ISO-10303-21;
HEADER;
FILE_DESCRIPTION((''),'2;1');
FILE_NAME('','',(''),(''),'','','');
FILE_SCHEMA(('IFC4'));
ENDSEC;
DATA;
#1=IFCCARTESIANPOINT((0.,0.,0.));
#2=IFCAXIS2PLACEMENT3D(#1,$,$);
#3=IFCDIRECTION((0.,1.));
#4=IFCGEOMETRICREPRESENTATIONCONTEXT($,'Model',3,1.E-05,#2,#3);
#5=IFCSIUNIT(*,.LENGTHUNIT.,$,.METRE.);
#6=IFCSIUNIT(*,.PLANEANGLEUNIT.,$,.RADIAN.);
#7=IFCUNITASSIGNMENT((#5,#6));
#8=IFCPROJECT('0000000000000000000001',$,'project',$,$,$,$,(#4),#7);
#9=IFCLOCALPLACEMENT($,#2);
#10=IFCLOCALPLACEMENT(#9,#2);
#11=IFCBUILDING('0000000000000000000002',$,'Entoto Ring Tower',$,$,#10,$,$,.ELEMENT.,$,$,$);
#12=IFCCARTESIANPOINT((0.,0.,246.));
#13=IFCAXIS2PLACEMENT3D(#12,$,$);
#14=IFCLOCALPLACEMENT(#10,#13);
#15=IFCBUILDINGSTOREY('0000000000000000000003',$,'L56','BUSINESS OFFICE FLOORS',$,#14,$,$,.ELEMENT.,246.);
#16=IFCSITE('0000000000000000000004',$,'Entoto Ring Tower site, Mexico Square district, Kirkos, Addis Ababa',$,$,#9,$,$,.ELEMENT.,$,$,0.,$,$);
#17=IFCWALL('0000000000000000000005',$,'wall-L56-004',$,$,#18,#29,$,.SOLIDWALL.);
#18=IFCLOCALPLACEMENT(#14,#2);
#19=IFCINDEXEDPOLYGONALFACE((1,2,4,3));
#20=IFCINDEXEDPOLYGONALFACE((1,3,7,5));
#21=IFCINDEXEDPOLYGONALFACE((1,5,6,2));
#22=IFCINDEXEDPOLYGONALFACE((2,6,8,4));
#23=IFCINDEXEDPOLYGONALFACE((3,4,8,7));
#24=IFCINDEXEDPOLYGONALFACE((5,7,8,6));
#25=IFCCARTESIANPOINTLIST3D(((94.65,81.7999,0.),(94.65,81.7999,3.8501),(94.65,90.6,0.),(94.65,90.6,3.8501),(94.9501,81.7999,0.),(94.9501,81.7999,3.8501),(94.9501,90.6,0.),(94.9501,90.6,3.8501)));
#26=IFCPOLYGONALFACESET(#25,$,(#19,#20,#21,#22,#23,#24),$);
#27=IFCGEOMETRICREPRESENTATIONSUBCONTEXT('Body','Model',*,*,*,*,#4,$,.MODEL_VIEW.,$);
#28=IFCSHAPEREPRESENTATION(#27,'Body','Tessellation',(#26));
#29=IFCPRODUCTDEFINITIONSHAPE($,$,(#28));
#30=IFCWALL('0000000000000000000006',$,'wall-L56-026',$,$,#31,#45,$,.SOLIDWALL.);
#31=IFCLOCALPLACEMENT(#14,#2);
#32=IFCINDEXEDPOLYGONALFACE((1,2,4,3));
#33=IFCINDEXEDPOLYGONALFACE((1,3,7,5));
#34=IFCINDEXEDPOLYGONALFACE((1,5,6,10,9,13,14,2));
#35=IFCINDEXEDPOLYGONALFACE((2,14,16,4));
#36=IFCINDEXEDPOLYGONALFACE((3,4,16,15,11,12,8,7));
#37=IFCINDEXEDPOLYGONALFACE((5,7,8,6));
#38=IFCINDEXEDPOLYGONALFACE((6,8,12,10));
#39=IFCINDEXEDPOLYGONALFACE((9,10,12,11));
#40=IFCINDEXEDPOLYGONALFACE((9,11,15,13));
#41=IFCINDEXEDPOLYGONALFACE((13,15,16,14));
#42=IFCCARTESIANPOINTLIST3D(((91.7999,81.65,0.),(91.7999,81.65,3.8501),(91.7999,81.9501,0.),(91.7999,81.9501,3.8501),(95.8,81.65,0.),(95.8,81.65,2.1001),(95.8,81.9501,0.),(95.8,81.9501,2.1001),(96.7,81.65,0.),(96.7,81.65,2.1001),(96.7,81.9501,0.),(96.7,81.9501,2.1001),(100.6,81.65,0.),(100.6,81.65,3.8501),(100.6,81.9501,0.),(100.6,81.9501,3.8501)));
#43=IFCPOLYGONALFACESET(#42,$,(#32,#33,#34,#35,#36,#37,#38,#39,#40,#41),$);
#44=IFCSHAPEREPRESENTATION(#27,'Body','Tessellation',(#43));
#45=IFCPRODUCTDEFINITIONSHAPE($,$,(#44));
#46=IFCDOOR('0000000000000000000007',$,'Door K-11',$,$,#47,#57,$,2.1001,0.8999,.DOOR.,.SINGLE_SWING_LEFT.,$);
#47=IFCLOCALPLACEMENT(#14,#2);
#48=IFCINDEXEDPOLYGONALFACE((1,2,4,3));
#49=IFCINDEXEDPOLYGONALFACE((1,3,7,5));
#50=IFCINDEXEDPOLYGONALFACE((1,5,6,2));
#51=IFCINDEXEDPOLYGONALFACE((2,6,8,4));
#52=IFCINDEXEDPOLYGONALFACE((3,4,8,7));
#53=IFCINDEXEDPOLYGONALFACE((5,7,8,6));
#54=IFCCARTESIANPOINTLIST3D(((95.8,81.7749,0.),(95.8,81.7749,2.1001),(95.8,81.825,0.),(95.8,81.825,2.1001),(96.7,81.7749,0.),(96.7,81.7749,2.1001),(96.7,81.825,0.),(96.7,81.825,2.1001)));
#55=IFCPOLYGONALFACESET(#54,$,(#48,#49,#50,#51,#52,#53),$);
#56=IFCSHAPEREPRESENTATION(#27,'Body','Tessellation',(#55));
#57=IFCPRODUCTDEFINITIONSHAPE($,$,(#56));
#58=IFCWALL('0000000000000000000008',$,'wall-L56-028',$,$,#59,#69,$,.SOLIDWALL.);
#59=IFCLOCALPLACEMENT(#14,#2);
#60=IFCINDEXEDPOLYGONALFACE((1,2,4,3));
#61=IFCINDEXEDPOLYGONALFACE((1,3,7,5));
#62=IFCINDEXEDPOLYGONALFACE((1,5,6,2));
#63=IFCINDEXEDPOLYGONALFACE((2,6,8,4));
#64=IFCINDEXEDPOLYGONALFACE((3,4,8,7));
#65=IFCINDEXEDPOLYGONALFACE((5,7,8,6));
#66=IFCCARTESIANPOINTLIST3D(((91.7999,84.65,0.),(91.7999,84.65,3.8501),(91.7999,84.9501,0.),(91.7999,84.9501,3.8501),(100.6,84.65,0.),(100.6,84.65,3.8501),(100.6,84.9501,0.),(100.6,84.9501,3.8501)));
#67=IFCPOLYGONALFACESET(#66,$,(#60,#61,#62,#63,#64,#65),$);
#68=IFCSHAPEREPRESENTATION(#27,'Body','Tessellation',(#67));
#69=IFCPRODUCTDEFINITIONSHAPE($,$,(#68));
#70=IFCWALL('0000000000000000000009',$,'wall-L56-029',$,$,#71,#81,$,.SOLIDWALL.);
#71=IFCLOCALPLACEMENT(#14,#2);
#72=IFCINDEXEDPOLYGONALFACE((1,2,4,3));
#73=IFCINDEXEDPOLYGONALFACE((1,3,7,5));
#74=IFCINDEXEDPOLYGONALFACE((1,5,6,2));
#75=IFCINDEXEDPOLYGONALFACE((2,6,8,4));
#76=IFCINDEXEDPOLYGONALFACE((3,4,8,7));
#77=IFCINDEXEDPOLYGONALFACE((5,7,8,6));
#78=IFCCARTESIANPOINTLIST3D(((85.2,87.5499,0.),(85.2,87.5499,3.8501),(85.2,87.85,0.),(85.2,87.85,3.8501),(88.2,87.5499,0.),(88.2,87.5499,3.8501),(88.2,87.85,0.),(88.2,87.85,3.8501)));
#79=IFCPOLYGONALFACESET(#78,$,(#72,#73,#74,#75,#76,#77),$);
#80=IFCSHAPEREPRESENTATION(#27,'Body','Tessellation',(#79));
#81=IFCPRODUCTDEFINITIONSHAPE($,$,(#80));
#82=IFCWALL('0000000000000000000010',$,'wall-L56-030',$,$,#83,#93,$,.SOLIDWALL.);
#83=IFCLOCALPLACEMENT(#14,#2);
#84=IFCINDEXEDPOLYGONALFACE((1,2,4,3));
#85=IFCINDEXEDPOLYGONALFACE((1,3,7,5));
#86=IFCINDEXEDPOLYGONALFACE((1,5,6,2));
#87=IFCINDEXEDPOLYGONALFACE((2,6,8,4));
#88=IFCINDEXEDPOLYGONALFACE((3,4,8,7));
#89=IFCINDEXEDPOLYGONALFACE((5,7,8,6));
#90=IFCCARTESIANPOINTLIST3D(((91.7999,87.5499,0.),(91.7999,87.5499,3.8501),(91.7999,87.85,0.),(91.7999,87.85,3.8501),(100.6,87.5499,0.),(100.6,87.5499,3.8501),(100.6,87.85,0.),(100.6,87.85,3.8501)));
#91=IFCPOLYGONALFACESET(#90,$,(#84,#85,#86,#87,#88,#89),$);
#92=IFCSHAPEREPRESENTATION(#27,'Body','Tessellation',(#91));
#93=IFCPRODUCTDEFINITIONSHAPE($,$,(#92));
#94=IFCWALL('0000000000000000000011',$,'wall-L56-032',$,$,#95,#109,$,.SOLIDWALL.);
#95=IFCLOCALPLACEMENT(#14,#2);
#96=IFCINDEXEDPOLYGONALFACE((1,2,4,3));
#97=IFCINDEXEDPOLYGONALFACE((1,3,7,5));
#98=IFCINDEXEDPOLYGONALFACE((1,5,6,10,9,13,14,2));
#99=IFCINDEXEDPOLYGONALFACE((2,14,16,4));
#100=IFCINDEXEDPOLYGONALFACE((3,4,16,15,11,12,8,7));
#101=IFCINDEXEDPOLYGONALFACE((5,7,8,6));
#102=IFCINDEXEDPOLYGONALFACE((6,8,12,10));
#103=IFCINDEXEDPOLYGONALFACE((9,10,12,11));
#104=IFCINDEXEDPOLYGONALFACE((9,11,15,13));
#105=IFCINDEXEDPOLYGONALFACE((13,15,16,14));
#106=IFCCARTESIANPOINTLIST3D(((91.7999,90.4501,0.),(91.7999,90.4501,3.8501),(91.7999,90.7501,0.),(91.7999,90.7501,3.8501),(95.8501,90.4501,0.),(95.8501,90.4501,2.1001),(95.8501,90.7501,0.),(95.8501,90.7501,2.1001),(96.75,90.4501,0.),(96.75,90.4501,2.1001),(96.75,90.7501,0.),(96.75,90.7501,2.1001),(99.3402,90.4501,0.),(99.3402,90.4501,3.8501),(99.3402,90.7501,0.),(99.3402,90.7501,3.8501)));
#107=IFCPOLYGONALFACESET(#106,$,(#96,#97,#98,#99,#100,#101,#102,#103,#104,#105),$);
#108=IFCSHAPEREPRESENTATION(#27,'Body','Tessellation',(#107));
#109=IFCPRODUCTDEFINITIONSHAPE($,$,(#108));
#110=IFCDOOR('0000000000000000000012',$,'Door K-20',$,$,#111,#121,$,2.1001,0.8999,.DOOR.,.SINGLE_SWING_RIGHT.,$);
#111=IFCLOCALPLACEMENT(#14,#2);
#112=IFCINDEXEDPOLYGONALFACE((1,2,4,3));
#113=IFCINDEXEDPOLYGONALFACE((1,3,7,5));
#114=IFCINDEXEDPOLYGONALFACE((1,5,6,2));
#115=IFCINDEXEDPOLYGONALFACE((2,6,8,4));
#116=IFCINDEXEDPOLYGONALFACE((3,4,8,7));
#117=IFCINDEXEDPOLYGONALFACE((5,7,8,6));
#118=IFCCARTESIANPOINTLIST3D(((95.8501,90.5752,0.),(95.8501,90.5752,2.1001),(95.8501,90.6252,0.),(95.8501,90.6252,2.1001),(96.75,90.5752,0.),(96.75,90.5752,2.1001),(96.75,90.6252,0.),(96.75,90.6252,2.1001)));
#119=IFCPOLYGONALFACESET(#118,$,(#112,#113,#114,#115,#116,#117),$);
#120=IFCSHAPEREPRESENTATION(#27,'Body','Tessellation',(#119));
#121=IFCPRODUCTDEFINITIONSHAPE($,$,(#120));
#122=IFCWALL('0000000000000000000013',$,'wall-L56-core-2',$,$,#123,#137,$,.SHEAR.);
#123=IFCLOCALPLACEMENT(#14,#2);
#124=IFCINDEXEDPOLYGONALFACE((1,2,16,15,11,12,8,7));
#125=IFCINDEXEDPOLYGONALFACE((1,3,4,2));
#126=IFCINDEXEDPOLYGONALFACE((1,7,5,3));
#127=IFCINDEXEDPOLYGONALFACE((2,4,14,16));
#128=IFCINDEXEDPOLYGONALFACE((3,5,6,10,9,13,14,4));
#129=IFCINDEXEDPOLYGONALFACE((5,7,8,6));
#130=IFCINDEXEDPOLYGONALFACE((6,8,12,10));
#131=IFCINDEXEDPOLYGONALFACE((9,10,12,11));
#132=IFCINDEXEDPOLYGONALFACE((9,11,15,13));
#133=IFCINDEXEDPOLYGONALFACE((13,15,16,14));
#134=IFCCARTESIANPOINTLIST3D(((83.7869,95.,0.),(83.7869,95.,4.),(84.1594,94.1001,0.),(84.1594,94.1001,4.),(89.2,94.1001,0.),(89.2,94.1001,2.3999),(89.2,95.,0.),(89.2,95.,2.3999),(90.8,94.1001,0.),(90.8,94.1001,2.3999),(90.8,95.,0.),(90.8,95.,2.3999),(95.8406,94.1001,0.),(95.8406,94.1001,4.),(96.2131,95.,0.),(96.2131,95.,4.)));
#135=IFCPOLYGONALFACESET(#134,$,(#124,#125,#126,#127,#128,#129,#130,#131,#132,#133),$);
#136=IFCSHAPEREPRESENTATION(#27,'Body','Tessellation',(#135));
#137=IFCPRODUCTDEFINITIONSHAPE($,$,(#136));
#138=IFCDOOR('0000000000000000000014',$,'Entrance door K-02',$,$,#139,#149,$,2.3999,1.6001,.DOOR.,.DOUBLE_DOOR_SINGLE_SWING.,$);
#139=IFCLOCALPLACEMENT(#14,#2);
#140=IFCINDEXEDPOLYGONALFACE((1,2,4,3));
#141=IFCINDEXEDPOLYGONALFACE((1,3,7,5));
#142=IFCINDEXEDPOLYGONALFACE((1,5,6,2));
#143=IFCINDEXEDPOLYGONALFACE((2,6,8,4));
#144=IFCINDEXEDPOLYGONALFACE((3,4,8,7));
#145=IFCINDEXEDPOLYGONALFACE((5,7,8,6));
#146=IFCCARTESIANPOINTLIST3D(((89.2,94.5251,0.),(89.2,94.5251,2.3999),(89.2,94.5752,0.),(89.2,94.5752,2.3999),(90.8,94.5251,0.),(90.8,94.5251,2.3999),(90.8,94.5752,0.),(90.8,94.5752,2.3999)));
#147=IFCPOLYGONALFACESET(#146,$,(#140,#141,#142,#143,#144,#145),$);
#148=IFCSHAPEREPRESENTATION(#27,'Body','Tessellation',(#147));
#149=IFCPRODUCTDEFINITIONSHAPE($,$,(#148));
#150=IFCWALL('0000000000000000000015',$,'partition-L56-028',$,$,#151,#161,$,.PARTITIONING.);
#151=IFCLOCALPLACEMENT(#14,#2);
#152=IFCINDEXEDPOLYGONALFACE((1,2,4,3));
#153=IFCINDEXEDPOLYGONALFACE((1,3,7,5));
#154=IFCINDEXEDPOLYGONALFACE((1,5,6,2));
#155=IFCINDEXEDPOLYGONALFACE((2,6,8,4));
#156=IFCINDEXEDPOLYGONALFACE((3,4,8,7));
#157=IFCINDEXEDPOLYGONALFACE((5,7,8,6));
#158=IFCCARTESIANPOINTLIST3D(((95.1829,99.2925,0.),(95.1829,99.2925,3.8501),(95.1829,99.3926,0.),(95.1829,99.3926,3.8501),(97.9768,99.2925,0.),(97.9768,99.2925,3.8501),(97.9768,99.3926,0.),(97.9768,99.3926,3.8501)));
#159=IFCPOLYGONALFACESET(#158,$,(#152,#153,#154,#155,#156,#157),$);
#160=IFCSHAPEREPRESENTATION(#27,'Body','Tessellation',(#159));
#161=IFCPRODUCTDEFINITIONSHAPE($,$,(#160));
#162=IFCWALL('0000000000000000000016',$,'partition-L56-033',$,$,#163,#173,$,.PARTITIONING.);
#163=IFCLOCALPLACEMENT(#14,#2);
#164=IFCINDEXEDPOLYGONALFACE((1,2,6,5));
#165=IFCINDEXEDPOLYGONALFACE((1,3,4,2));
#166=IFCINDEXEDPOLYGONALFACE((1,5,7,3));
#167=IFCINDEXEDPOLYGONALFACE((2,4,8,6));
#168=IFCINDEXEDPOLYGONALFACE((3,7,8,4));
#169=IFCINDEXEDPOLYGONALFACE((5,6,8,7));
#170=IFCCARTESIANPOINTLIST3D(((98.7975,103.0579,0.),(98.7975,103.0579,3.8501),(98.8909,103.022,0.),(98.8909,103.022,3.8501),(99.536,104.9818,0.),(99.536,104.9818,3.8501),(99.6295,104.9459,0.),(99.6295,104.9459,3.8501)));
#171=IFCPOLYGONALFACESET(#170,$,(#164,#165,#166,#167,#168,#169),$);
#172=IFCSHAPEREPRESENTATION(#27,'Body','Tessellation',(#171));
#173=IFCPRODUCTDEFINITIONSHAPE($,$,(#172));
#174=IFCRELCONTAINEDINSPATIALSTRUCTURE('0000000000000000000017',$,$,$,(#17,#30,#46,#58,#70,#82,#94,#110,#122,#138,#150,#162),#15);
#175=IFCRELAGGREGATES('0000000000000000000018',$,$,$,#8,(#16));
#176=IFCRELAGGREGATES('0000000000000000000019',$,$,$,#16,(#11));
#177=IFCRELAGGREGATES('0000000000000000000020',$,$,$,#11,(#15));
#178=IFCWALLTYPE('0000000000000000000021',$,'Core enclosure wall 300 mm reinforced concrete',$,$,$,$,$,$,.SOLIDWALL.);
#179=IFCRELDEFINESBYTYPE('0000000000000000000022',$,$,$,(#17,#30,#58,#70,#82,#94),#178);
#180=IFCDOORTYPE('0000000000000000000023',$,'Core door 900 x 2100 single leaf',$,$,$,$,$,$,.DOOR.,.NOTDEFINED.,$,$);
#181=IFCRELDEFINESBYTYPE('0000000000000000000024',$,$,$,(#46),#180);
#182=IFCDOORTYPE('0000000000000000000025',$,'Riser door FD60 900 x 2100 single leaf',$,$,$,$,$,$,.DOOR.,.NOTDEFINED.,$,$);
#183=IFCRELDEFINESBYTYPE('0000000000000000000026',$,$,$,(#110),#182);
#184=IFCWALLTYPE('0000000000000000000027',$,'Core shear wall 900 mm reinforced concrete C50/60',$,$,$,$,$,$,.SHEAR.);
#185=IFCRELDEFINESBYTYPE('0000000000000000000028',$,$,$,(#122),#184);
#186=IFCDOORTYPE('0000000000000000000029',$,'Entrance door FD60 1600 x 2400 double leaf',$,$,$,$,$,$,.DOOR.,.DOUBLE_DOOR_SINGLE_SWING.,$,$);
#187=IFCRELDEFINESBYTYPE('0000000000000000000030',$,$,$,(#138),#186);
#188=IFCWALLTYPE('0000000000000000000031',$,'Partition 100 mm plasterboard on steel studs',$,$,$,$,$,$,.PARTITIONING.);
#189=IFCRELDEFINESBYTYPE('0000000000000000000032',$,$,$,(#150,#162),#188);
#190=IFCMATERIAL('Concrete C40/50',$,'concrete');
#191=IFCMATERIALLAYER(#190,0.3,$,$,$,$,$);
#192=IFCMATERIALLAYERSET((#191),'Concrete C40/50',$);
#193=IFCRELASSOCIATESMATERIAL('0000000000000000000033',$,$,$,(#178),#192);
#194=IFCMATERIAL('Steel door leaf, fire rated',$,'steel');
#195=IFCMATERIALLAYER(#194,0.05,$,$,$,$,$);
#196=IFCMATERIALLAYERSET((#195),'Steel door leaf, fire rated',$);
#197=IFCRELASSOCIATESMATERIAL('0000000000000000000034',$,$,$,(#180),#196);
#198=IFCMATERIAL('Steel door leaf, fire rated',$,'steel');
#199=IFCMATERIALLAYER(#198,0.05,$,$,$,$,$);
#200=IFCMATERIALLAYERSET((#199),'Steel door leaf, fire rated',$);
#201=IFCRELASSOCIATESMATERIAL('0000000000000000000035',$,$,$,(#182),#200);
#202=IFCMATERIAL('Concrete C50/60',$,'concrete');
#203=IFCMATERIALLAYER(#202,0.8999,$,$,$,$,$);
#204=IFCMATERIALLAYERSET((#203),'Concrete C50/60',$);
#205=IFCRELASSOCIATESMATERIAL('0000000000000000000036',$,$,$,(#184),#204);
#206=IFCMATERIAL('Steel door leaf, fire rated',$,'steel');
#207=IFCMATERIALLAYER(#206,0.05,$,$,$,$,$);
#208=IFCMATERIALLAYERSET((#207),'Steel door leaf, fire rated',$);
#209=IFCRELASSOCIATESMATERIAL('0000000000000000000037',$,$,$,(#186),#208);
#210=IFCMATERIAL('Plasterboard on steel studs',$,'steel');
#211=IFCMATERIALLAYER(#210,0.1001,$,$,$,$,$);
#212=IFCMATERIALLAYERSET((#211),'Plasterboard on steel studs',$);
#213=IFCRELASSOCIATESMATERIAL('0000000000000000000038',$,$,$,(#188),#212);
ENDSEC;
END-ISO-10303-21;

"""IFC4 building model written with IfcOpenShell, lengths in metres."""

from ifc_helpers import new_model, si_unit, direction, frame, frame_2d, origin, place, context, subcontext, project, spatial, polyline, rectangle, outline, extrude, material, layer, layer_set, type_object, element, fill, save


model = new_model("IFC4")

# Units and contexts
model_context = context("Model", 3, precision=1e-05, world=origin(), true_north=direction((0.0, 1.0)))
body_context = subcontext(model_context, "Body", "Model", "MODEL_VIEW")
ifc_project = project(units=[si_unit("LENGTHUNIT", "METRE"), si_unit("PLANEANGLEUNIT", "RADIAN")], contexts=[model_context])

# Site, building, storey
site_placement = place(None, origin())
site = spatial("IfcSite", under=ifc_project, at=site_placement, Name="Entoto Ring Tower site, Mexico Square district, Kirkos, Addis Ababa", CompositionType="ELEMENT", RefElevation=0.0)
building_placement = place(site_placement, origin())
building = spatial("IfcBuilding", under=site, at=building_placement, Name="Entoto Ring Tower", CompositionType="ELEMENT")
storey_placement = place(building_placement, frame((0.0, 0.0, 246.0)))
storey = spatial("IfcBuildingStorey", under=building, at=storey_placement, Name="L56", Description="BUSINESS OFFICE FLOORS", CompositionType="ELEMENT", Elevation=246.0)

# Wall
ifc_material_1 = material(Name="Concrete C40/50", Category="concrete")
ifc_layer_1 = layer(ifc_material_1, 0.3)
ifc_layer_set_1 = layer_set([ifc_layer_1], Name="Concrete C40/50")
wall_type_1 = type_object("IfcWallType", Name="Core enclosure wall 300 mm reinforced concrete", PredefinedType="SOLIDWALL", material=ifc_layer_set_1)
wall_1_placement = place(storey_placement, frame((94.8, 81.8, 0.0), z_axis=(0.0, 0.0, 1.0), x_axis=(0.0, 1.0, 0.0)))
element("IfcWall", 1, at=wall_1_placement, inside=storey, type_object=wall_type_1, Name="wall-L56-004", PredefinedType="SOLIDWALL", context=body_context, shape_type="SweptSolid", body=[
    extrude(rectangle(XDim=8.8, YDim=0.3, at=frame_2d((4.3999, 0.0))), origin(), (0.0, 0.0, 1.0), 3.8501),
])

# Wall, opening, door
wall_2_placement = place(storey_placement, frame((91.8, 81.8, 0.0), z_axis=(0.0, 0.0, 1.0), x_axis=(1.0, 0.0, 0.0)))
wall_2 = element("IfcWall", 2, at=wall_2_placement, inside=storey, type_object=wall_type_1, Name="wall-L56-026", PredefinedType="SOLIDWALL", context=body_context, shape_type="SweptSolid", body=[
    extrude(rectangle(XDim=8.8, YDim=0.3, at=frame_2d((4.3999, 0.0))), origin(), (0.0, 0.0, 1.0), 3.8501),
])
opening_1_placement = place(wall_2_placement, frame((4.0, 0.0, 0.0)))
opening_1 = element("IfcOpeningElement", 3, at=opening_1_placement, cuts=wall_2, PredefinedType="OPENING", context=body_context, shape_type="SweptSolid", body=[
    extrude(rectangle(XDim=0.8999, YDim=2.1001, at=frame_2d((0.45, 1.05))), frame((0.0, 0.1602, 0.0), z_axis=(0.0, -1.0, 0.0), x_axis=(1.0, 0.0, 0.0)), (0.0, 0.0, 1.0), 0.3201),
])
ifc_material_2 = material(Name="Steel door leaf, fire rated", Category="steel")
ifc_layer_2 = layer(ifc_material_2, 0.05)
ifc_layer_set_2 = layer_set([ifc_layer_2], Name="Steel door leaf, fire rated")
door_type_1 = type_object("IfcDoorType", Name="Core door 900 x 2100 single leaf", OperationType="NOTDEFINED", PredefinedType="DOOR", material=ifc_layer_set_2)
door_1_placement = place(opening_1_placement, origin())
door_1 = element("IfcDoor", 4, at=door_1_placement, inside=storey, type_object=door_type_1, Name="Door K-11", OperationType="SINGLE_SWING_LEFT", OverallHeight=2.1001, OverallWidth=0.8999, PredefinedType="DOOR", context=body_context, shape_type="SweptSolid", body=[
    extrude(rectangle(XDim=0.8999, YDim=2.1001, at=frame_2d((0.45, 1.05))), frame((0.0, 0.0249, 0.0), z_axis=(0.0, -1.0, 0.0), x_axis=(1.0, 0.0, 0.0)), (0.0, 0.0, 1.0), 0.05),
])
fill(opening_1, door_1)

# Walls
wall_3_placement = place(storey_placement, frame((91.8, 84.8, 0.0), z_axis=(0.0, 0.0, 1.0), x_axis=(1.0, 0.0, 0.0)))
element("IfcWall", 5, at=wall_3_placement, inside=storey, type_object=wall_type_1, Name="wall-L56-028", PredefinedType="SOLIDWALL", context=body_context, shape_type="SweptSolid", body=[
    extrude(rectangle(XDim=8.8, YDim=0.3, at=frame_2d((4.3999, 0.0))), origin(), (0.0, 0.0, 1.0), 3.8501),
])
wall_4_placement = place(storey_placement, frame((85.2, 87.7, 0.0), z_axis=(0.0, 0.0, 1.0), x_axis=(1.0, 0.0, 0.0)))
element("IfcWall", 6, at=wall_4_placement, inside=storey, type_object=wall_type_1, Name="wall-L56-029", PredefinedType="SOLIDWALL", context=body_context, shape_type="SweptSolid", body=[
    extrude(rectangle(XDim=3.0, YDim=0.3, at=frame_2d((1.5, 0.0))), origin(), (0.0, 0.0, 1.0), 3.8501),
])
wall_5_placement = place(storey_placement, frame((91.8, 87.7, 0.0), z_axis=(0.0, 0.0, 1.0), x_axis=(1.0, 0.0, 0.0)))
element("IfcWall", 7, at=wall_5_placement, inside=storey, type_object=wall_type_1, Name="wall-L56-030", PredefinedType="SOLIDWALL", context=body_context, shape_type="SweptSolid", body=[
    extrude(rectangle(XDim=8.8, YDim=0.3, at=frame_2d((4.3999, 0.0))), origin(), (0.0, 0.0, 1.0), 3.8501),
])

# Walls, openings, doors
wall_6_placement = place(storey_placement, frame((91.8, 90.6001, 0.0), z_axis=(0.0, 0.0, 1.0), x_axis=(1.0, 0.0, 0.0)))
wall_6 = element("IfcWall", 8, at=wall_6_placement, inside=storey, type_object=wall_type_1, Name="wall-L56-032", PredefinedType="SOLIDWALL", context=body_context, shape_type="SweptSolid", body=[
    extrude(rectangle(XDim=7.5403, YDim=0.3, at=frame_2d((3.77, 0.0))), origin(), (0.0, 0.0, 1.0), 3.8501),
])
opening_2_placement = place(wall_6_placement, frame((4.05, 0.0, 0.0)))
opening_2 = element("IfcOpeningElement", 9, at=opening_2_placement, cuts=wall_6, PredefinedType="OPENING", context=body_context, shape_type="SweptSolid", body=[
    extrude(rectangle(XDim=0.8999, YDim=2.1001, at=frame_2d((0.45, 1.05))), frame((0.0, 0.1602, 0.0), z_axis=(0.0, -1.0, 0.0), x_axis=(1.0, 0.0, 0.0)), (0.0, 0.0, 1.0), 0.3201),
])
ifc_material_3 = material(Name="Steel door leaf, fire rated", Category="steel")
ifc_layer_3 = layer(ifc_material_3, 0.05)
ifc_layer_set_3 = layer_set([ifc_layer_3], Name="Steel door leaf, fire rated")
door_type_2 = type_object("IfcDoorType", Name="Riser door FD60 900 x 2100 single leaf", OperationType="NOTDEFINED", PredefinedType="DOOR", material=ifc_layer_set_3)
door_2_placement = place(opening_2_placement, frame((0.8999, 0.0, 0.0), z_axis=(0.0, 0.0, 1.0), x_axis=(-1.0, 0.0, 0.0)))
door_2 = element("IfcDoor", 10, at=door_2_placement, inside=storey, type_object=door_type_2, Name="Door K-20", OperationType="SINGLE_SWING_RIGHT", OverallHeight=2.1001, OverallWidth=0.8999, PredefinedType="DOOR", context=body_context, shape_type="SweptSolid", body=[
    extrude(rectangle(XDim=0.8999, YDim=2.1001, at=frame_2d((0.45, 1.05))), frame((0.0, 0.0249, 0.0), z_axis=(0.0, -1.0, 0.0), x_axis=(1.0, 0.0, 0.0)), (0.0, 0.0, 1.0), 0.05),
])
fill(opening_2, door_2)
ifc_material_4 = material(Name="Concrete C50/60", Category="concrete")
ifc_layer_4 = layer(ifc_material_4, 0.8999)
ifc_layer_set_4 = layer_set([ifc_layer_4], Name="Concrete C50/60")
wall_type_2 = type_object("IfcWallType", Name="Core shear wall 900 mm reinforced concrete C50/60", PredefinedType="SHEAR", material=ifc_layer_set_4)
wall_7_placement = place(storey_placement, frame((96.0269, 94.55, 0.0), z_axis=(0.0, 0.0, 1.0), x_axis=(-1.0, 0.0, 0.0)))
wall_7 = element("IfcWall", 11, at=wall_7_placement, inside=storey, type_object=wall_type_2, Name="wall-L56-core-2", PredefinedType="SHEAR", context=body_context, shape_type="SweptSolid", body=[
    extrude(outline(polyline([(-0.1863, -0.45), (12.24, -0.45), (11.8674, 0.45), (0.1863, 0.45), (-0.1863, -0.45)])), origin(), (0.0, 0.0, 1.0), 4.0),
])
opening_3_placement = place(wall_7_placement, frame((5.2268, 0.0, 0.0)))
opening_3 = element("IfcOpeningElement", 12, at=opening_3_placement, cuts=wall_7, PredefinedType="OPENING", context=body_context, shape_type="SweptSolid", body=[
    extrude(rectangle(XDim=1.6001, YDim=2.3999, at=frame_2d((0.8, 1.2))), frame((0.0, 0.46, 0.0), z_axis=(0.0, -1.0, 0.0), x_axis=(1.0, 0.0, 0.0)), (0.0, 0.0, 1.0), 0.9199),
])
ifc_material_5 = material(Name="Steel door leaf, fire rated", Category="steel")
ifc_layer_5 = layer(ifc_material_5, 0.05)
ifc_layer_set_5 = layer_set([ifc_layer_5], Name="Steel door leaf, fire rated")
door_type_3 = type_object("IfcDoorType", Name="Entrance door FD60 1600 x 2400 double leaf", OperationType="DOUBLE_DOOR_SINGLE_SWING", PredefinedType="DOOR", material=ifc_layer_set_5)
door_3_placement = place(opening_3_placement, origin())
door_3 = element("IfcDoor", 13, at=door_3_placement, inside=storey, type_object=door_type_3, Name="Entrance door K-02", OperationType="DOUBLE_DOOR_SINGLE_SWING", OverallHeight=2.3999, OverallWidth=1.6001, PredefinedType="DOOR", context=body_context, shape_type="SweptSolid", body=[
    extrude(rectangle(XDim=1.6001, YDim=2.3999, at=frame_2d((0.8, 1.2))), frame((0.0, 0.0249, 0.0), z_axis=(0.0, -1.0, 0.0), x_axis=(1.0, 0.0, 0.0)), (0.0, 0.0, 1.0), 0.05),
])
fill(opening_3, door_3)

# Walls
ifc_material_6 = material(Name="Plasterboard on steel studs", Category="steel")
ifc_layer_6 = layer(ifc_material_6, 0.1001)
ifc_layer_set_6 = layer_set([ifc_layer_6], Name="Plasterboard on steel studs")
wall_type_3 = type_object("IfcWallType", Name="Partition 100 mm plasterboard on steel studs", PredefinedType="PARTITIONING", material=ifc_layer_set_6)
wall_8_placement = place(storey_placement, frame((95.1829, 99.3425, 0.0), z_axis=(0.0, 0.0, 1.0), x_axis=(1.0, 0.0, 0.0)))
element("IfcWall", 14, at=wall_8_placement, inside=storey, type_object=wall_type_3, Name="partition-L56-028", PredefinedType="PARTITIONING", context=body_context, shape_type="SweptSolid", body=[
    extrude(rectangle(XDim=2.7939, YDim=0.1001, at=frame_2d((1.397, 0.0))), origin(), (0.0, 0.0, 1.0), 3.8501),
])
wall_9_placement = place(storey_placement, frame((98.8442, 103.04, 0.0), z_axis=(0.0, 0.0, 1.0), x_axis=(0.358384, 0.933574, 0.0)))
element("IfcWall", 15, at=wall_9_placement, inside=storey, type_object=wall_type_3, Name="partition-L56-033", PredefinedType="PARTITIONING", context=body_context, shape_type="SweptSolid", body=[
    extrude(rectangle(XDim=2.0608, YDim=0.1001, at=frame_2d((1.0303, 0.0))), origin(), (0.0, 0.0, 1.0), 3.8501),
])

save(model, "model.ifc")
